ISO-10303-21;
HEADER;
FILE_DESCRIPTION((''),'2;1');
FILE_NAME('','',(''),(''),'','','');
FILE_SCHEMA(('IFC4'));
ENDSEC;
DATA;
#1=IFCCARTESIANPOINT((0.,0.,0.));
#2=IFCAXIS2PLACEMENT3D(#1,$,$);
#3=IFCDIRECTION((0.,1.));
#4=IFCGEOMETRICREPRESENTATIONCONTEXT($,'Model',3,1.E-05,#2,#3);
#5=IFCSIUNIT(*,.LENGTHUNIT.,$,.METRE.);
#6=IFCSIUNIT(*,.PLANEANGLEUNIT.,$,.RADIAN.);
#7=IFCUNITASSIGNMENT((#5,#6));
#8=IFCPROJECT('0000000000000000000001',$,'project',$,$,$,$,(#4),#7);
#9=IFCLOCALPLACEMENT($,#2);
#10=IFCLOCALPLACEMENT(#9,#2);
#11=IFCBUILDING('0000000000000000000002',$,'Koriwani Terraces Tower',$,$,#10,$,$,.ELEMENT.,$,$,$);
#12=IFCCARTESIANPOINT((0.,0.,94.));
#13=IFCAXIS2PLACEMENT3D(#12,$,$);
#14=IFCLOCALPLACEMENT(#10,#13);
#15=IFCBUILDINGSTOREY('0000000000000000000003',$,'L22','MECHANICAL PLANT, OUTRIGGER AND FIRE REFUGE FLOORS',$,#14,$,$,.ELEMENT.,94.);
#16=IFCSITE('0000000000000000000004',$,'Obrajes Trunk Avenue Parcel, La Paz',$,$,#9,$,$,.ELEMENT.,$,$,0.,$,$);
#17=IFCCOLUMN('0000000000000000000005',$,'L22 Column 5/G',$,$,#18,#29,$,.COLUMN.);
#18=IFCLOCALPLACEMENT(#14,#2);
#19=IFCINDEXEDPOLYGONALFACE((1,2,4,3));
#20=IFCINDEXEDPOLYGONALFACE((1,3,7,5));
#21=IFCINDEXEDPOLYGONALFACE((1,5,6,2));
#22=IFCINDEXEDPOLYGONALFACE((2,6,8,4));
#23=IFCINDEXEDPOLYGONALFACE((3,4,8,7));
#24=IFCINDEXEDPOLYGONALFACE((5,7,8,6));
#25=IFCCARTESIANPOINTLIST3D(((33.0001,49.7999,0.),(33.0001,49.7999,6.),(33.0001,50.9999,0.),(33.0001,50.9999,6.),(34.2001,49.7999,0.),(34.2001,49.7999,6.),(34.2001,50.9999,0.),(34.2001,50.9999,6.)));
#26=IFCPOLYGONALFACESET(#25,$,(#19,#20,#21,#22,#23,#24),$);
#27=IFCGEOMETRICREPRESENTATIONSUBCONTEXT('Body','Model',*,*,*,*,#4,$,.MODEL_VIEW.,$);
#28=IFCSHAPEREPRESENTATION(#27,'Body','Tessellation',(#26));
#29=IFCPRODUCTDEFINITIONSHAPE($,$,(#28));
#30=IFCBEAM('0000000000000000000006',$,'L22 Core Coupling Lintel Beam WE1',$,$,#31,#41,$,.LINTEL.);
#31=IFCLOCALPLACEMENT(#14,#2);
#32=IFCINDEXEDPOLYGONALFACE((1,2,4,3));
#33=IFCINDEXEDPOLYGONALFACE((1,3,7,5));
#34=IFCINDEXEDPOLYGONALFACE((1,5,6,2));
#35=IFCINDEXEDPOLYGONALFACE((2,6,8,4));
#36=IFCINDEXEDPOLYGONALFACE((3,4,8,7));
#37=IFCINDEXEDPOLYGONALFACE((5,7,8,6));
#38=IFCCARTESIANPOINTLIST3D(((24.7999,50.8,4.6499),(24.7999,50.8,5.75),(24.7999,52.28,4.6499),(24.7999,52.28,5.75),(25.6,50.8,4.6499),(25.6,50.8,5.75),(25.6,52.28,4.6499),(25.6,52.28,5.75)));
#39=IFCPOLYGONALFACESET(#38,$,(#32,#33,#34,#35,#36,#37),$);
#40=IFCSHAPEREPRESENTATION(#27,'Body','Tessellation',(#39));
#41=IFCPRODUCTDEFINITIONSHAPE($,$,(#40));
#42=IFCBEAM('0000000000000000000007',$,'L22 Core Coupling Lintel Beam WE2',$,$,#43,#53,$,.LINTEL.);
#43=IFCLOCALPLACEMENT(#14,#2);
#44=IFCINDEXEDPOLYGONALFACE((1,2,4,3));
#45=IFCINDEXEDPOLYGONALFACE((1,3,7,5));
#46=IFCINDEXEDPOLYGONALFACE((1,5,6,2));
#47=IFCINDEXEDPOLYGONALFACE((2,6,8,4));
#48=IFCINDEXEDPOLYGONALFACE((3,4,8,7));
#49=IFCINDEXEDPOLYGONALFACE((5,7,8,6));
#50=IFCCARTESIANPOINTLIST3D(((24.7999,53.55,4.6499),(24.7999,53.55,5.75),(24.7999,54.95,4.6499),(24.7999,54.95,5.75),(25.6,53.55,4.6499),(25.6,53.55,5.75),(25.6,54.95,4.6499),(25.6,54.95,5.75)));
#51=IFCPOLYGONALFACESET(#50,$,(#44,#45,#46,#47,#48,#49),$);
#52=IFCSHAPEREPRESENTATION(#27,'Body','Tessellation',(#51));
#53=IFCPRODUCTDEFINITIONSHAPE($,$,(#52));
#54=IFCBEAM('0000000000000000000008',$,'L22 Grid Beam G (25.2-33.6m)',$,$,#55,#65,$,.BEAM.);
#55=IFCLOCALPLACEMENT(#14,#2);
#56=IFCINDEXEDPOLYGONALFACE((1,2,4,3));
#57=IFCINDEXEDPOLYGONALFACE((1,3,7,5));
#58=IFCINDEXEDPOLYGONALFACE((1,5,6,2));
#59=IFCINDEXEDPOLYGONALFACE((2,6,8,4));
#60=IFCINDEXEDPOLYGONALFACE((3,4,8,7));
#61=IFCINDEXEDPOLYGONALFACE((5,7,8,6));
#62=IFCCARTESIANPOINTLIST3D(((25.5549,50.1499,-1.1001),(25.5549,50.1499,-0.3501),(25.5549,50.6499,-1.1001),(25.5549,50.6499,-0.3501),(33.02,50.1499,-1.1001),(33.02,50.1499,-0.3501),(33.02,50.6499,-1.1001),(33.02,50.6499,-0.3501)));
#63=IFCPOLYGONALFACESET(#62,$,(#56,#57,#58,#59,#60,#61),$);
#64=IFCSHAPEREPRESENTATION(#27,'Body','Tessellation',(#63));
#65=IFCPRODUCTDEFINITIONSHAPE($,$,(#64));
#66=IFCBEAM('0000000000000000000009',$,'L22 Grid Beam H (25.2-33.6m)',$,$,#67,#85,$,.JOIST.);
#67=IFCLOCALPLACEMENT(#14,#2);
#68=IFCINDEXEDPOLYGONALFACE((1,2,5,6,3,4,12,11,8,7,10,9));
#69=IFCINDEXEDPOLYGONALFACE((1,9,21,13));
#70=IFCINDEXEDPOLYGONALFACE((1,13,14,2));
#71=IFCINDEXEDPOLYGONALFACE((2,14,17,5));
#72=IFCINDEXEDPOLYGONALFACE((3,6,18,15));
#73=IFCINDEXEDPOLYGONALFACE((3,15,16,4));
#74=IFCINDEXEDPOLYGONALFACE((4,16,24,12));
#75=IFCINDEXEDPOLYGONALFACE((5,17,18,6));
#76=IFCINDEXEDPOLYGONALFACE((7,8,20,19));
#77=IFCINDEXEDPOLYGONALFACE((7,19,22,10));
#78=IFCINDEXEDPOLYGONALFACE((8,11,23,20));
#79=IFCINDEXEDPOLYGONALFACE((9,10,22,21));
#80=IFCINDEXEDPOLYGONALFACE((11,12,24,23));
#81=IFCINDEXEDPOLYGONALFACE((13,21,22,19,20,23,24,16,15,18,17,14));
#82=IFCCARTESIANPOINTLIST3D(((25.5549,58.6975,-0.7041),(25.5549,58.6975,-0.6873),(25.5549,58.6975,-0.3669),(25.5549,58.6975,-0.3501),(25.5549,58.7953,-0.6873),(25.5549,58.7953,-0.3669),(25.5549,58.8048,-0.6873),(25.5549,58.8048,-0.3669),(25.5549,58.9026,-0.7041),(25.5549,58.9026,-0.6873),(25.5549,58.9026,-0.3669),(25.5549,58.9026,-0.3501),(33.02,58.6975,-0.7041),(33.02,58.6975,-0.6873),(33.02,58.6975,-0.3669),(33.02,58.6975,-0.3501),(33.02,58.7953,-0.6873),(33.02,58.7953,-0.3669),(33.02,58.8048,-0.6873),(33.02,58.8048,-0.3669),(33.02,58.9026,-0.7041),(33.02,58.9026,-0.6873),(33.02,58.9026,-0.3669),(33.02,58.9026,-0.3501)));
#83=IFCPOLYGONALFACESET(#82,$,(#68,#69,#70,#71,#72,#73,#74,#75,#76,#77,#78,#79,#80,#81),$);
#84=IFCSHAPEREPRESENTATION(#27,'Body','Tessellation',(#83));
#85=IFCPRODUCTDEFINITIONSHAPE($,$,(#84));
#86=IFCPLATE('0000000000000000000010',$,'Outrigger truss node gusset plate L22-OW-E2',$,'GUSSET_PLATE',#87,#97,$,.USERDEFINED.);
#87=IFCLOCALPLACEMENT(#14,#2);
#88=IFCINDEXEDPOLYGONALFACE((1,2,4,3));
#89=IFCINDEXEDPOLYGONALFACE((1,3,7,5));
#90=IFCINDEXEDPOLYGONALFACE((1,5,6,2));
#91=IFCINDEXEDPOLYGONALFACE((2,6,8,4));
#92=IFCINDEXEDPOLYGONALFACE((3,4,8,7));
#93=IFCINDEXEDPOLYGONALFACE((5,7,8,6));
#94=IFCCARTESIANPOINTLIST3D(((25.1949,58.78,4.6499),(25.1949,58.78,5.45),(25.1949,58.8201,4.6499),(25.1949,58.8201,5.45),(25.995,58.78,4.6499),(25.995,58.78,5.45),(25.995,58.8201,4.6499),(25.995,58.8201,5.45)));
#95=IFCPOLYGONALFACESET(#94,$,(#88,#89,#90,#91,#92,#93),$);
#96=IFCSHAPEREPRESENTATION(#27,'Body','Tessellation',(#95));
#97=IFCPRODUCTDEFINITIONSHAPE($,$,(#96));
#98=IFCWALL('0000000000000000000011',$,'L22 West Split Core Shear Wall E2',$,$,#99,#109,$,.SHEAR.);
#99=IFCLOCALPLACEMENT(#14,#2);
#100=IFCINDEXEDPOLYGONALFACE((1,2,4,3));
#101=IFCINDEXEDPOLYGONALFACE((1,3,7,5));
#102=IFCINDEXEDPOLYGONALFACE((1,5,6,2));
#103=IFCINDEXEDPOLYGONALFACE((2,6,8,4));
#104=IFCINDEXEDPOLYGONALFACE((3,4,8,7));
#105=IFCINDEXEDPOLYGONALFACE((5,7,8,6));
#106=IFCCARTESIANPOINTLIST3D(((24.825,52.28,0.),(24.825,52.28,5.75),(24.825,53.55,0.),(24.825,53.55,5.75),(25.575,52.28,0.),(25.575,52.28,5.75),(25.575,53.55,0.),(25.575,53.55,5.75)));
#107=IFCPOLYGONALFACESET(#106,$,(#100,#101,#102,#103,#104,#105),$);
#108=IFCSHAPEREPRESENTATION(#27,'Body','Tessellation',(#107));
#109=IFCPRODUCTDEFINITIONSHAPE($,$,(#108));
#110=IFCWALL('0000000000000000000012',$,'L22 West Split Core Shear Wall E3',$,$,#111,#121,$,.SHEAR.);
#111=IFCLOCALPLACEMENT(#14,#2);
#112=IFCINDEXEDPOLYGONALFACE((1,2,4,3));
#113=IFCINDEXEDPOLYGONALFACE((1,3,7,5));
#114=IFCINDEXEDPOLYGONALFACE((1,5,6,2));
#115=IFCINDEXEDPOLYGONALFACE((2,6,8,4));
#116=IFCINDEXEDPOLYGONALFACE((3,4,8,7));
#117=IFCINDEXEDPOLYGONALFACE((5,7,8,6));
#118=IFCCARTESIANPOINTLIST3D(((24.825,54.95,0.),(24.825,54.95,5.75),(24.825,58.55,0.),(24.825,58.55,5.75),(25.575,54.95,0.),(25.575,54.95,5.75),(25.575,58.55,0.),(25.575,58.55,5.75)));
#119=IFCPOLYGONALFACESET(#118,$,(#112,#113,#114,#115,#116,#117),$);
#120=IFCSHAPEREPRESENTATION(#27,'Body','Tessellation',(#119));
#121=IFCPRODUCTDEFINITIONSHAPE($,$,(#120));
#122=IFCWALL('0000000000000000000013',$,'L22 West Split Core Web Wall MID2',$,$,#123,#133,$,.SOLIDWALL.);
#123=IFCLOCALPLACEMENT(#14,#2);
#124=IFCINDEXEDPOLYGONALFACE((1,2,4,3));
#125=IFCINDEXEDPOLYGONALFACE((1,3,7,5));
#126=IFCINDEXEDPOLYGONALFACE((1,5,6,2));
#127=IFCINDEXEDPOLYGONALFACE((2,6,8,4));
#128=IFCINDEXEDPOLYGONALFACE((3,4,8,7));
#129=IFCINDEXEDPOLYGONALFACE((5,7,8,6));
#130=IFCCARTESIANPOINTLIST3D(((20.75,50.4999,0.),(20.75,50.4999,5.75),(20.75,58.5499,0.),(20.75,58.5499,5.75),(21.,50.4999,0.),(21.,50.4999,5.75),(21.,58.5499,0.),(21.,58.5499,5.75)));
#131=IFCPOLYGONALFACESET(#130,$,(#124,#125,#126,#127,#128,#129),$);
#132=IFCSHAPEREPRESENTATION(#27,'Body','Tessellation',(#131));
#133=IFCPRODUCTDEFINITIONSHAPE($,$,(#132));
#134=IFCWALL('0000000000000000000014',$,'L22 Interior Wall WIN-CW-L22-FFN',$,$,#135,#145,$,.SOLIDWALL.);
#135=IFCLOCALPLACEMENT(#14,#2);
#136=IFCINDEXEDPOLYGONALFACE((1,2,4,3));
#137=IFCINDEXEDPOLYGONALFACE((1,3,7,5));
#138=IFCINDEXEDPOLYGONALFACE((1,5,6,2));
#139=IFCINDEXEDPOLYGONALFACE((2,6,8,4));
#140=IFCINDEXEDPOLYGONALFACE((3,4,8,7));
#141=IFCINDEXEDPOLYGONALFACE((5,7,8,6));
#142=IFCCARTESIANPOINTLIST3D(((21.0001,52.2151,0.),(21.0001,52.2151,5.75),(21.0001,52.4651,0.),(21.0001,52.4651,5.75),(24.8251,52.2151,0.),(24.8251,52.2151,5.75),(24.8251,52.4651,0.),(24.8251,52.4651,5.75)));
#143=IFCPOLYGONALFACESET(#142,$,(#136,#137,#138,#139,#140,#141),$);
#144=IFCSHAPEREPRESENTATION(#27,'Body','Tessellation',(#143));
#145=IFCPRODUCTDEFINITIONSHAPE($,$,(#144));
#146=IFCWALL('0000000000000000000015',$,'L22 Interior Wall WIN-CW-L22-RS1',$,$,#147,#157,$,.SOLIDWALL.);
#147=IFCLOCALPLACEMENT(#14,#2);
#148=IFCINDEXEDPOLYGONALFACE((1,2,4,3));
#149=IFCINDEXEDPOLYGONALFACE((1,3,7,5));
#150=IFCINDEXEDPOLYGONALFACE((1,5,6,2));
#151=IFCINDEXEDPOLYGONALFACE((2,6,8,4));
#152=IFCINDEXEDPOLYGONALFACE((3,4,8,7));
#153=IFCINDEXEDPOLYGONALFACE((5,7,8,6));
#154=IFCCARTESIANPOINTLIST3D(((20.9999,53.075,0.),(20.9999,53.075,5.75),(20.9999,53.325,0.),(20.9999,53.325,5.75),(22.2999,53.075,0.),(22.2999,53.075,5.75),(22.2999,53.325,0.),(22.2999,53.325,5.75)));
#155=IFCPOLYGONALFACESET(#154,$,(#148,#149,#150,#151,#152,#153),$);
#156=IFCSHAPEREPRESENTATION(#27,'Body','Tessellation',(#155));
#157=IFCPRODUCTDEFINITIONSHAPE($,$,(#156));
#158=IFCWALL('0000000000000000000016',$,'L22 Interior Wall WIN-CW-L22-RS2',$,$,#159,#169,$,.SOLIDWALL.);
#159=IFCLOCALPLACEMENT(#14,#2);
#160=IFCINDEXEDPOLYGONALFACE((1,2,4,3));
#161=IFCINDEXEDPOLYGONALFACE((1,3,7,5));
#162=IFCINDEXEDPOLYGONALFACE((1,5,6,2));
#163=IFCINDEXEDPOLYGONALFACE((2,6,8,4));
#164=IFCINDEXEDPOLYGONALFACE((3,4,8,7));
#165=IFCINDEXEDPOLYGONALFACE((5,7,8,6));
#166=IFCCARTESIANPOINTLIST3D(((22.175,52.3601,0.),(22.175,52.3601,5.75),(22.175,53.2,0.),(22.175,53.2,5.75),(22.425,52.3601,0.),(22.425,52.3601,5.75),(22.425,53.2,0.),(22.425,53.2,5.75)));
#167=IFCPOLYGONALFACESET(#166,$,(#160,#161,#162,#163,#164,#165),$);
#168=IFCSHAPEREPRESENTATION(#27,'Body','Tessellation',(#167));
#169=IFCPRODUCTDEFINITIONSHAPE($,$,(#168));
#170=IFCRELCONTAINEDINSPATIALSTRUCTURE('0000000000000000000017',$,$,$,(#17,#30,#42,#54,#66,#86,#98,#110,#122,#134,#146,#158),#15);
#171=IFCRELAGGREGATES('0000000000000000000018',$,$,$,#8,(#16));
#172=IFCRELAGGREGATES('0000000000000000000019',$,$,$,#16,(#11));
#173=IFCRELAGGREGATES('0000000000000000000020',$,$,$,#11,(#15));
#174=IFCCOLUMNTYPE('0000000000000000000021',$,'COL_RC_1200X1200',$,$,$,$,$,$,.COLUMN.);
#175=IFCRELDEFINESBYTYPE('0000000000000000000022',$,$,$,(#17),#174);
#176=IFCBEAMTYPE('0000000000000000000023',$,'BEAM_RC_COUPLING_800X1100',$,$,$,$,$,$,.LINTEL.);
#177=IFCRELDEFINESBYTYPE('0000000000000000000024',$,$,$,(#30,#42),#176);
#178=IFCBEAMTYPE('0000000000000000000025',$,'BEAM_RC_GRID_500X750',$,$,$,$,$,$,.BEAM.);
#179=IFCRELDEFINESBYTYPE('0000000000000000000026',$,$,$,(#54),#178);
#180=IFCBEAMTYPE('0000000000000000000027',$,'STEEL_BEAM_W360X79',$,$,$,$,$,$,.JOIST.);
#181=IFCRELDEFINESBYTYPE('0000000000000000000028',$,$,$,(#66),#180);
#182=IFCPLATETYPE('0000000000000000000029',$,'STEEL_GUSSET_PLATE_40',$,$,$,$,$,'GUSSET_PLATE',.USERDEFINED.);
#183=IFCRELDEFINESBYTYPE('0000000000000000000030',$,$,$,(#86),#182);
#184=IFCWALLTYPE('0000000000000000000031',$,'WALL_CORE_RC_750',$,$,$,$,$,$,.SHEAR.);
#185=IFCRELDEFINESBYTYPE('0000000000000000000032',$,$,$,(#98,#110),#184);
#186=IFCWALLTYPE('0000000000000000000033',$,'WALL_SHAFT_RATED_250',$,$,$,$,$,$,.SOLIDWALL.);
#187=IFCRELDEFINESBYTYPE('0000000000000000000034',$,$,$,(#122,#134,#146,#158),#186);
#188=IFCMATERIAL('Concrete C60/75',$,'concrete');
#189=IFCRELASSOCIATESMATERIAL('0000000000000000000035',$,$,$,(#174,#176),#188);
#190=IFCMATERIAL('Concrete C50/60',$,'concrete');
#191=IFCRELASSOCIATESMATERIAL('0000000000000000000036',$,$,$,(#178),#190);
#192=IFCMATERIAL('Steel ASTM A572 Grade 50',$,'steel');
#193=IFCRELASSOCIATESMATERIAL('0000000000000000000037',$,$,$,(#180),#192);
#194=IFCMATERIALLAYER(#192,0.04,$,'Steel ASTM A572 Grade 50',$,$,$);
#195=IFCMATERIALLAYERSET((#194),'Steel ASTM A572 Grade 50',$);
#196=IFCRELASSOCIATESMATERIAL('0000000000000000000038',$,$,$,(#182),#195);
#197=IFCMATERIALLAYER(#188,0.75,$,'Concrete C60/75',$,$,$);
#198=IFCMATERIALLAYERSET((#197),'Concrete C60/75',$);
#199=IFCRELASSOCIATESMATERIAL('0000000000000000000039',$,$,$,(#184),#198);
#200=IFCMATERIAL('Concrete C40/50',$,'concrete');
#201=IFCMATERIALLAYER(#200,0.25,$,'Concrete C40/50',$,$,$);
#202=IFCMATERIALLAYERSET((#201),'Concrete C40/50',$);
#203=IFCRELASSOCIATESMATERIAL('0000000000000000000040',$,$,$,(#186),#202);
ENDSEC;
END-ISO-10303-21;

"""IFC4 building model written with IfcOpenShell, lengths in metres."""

from ifc_helpers import new_model, si_unit, direction, frame, frame_2d, origin, origin_2d, place, context, subcontext, project, spatial, rectangle, i_section, extrude, material, layer, layer_set, material_profile, profile_set, type_object, element, save


model = new_model("IFC4")

# Units and contexts
model_context = context("Model", 3, precision=1e-05, world=origin(), true_north=direction((0.0, 1.0)))
body_context = subcontext(model_context, "Body", "Model", "MODEL_VIEW")
ifc_project = project(units=[si_unit("LENGTHUNIT", "METRE"), si_unit("PLANEANGLEUNIT", "RADIAN")], contexts=[model_context])

# Site, building, storey
site_placement = place(None, origin())
site = spatial("IfcSite", under=ifc_project, at=site_placement, Name="Obrajes Trunk Avenue Parcel, La Paz", CompositionType="ELEMENT", RefElevation=0.0)
building_placement = place(site_placement, origin())
building = spatial("IfcBuilding", under=site, at=building_placement, Name="Koriwani Terraces Tower", CompositionType="ELEMENT")
storey_placement = place(building_placement, frame((0.0, 0.0, 94.0)))
storey = spatial("IfcBuildingStorey", under=building, at=storey_placement, Name="L22", Description="MECHANICAL PLANT, OUTRIGGER AND FIRE REFUGE FLOORS", CompositionType="ELEMENT", Elevation=94.0)

# Column
ifc_material_1 = material(Name="Concrete C60/75", Category="concrete")
ifc_material_profile_1 = material_profile(ifc_material_1, rectangle(XDim=1.2, YDim=1.2, at=origin_2d()), Name="Concrete C60/75", Category="LoadBearing")
ifc_profile_set_1 = profile_set([ifc_material_profile_1], Name="Concrete C60/75")
column_type = type_object("IfcColumnType", Name="COL_RC_1200X1200", PredefinedType="COLUMN", material=ifc_profile_set_1)
column_placement = place(storey_placement, frame((33.6001, 50.3999, 0.0), z_axis=(0.0, 0.0, 1.0), x_axis=(1.0, 0.0, 0.0)))
element("IfcColumn", 1, at=column_placement, inside=storey, type_object=column_type, Name="L22 Column 5/G", PredefinedType="COLUMN", context=body_context, shape_type="SweptSolid", body=[
    extrude(rectangle(XDim=1.2, YDim=1.2, at=origin_2d()), origin(), (0.0, 0.0, 1.0), 6.0),
])

# Beams
ifc_material_profile_2 = material_profile(ifc_material_1, rectangle(XDim=0.8, YDim=1.1001, at=origin_2d()), Name="Concrete C60/75", Category="LoadBearing")
ifc_profile_set_2 = profile_set([ifc_material_profile_2], Name="Concrete C60/75")
beam_type_1 = type_object("IfcBeamType", Name="BEAM_RC_COUPLING_800X1100", PredefinedType="LINTEL", material=ifc_profile_set_2)
beam_1_placement = place(storey_placement, frame((25.2, 50.8, 5.2), z_axis=(0.0, 1.0, 0.0), x_axis=(-1.0, 0.0, 0.0)))
element("IfcBeam", 2, at=beam_1_placement, inside=storey, type_object=beam_type_1, Name="L22 Core Coupling Lintel Beam WE1", PredefinedType="LINTEL", context=body_context, shape_type="SweptSolid", body=[
    extrude(rectangle(XDim=0.8, YDim=1.1001, at=origin_2d()), origin(), (0.0, 0.0, 1.0), 1.48),
])
beam_2_placement = place(storey_placement, frame((25.2, 53.55, 5.2), z_axis=(0.0, 1.0, 0.0), x_axis=(-1.0, 0.0, 0.0)))
element("IfcBeam", 3, at=beam_2_placement, inside=storey, type_object=beam_type_1, Name="L22 Core Coupling Lintel Beam WE2", PredefinedType="LINTEL", context=body_context, shape_type="SweptSolid", body=[
    extrude(rectangle(XDim=0.8, YDim=1.1001, at=origin_2d()), origin(), (0.0, 0.0, 1.0), 1.3999),
])
ifc_material_2 = material(Name="Concrete C50/60", Category="concrete")
ifc_material_profile_3 = material_profile(ifc_material_2, rectangle(XDim=0.5, YDim=0.75, at=origin_2d()), Name="Concrete C50/60", Category="LoadBearing")
ifc_profile_set_3 = profile_set([ifc_material_profile_3], Name="Concrete C50/60")
beam_type_2 = type_object("IfcBeamType", Name="BEAM_RC_GRID_500X750", PredefinedType="BEAM", material=ifc_profile_set_3)
beam_3_placement = place(storey_placement, frame((25.5549, 50.3999, -0.7251), z_axis=(1.0, 0.0, 0.0), x_axis=(0.0, 1.0, 0.0)))
element("IfcBeam", 4, at=beam_3_placement, inside=storey, type_object=beam_type_2, Name="L22 Grid Beam G (25.2-33.6m)", PredefinedType="BEAM", context=body_context, shape_type="SweptSolid", body=[
    extrude(rectangle(XDim=0.5, YDim=0.75, at=origin_2d()), origin(), (0.0, 0.0, 1.0), 7.4651),
])
ifc_material_3 = material(Name="Steel ASTM A572 Grade 50", Category="steel")
ifc_material_profile_4 = material_profile(ifc_material_3, i_section(OverallWidth=0.2051, OverallDepth=0.354, WebThickness=0.0095, FlangeThickness=0.0168, at=origin_2d()), Name="Steel ASTM A572 Grade 50", Category="LoadBearing")
ifc_profile_set_4 = profile_set([ifc_material_profile_4], Name="Steel ASTM A572 Grade 50")
beam_type_3 = type_object("IfcBeamType", Name="STEEL_BEAM_W360X79", PredefinedType="JOIST", material=ifc_profile_set_4)
beam_4_placement = place(storey_placement, frame((25.5549, 58.8, -0.5271), z_axis=(1.0, 0.0, 0.0), x_axis=(0.0, 1.0, 0.0)))
element("IfcBeam", 5, at=beam_4_placement, inside=storey, type_object=beam_type_3, Name="L22 Grid Beam H (25.2-33.6m)", PredefinedType="JOIST", context=body_context, shape_type="SweptSolid", body=[
    extrude(i_section(OverallWidth=0.2051, OverallDepth=0.354, WebThickness=0.0095, FlangeThickness=0.0168, at=origin_2d()), origin(), (0.0, 0.0, 1.0), 7.4651),
])

# Plate
ifc_layer_1 = layer(ifc_material_3, 0.04, Name="Steel ASTM A572 Grade 50")
ifc_layer_set_1 = layer_set([ifc_layer_1], Name="Steel ASTM A572 Grade 50")
plate_type = type_object("IfcPlateType", Name="STEEL_GUSSET_PLATE_40", ElementType="GUSSET_PLATE", PredefinedType="USERDEFINED", material=ifc_layer_set_1)
plate_placement = place(storey_placement, frame((25.595, 58.8, 4.6499), z_axis=(0.0, 0.0, 1.0), x_axis=(-1.0, 0.0, 0.0)))
element("IfcPlate", 6, at=plate_placement, inside=storey, type_object=plate_type, Name="Outrigger truss node gusset plate L22-OW-E2", ObjectType="GUSSET_PLATE", PredefinedType="USERDEFINED", context=body_context, shape_type="SweptSolid", body=[
    extrude(rectangle(XDim=0.8, YDim=0.04, at=origin_2d()), origin(), (0.0, 0.0, 1.0), 0.8),
])

# Walls
ifc_layer_2 = layer(ifc_material_1, 0.75, Name="Concrete C60/75")
ifc_layer_set_2 = layer_set([ifc_layer_2], Name="Concrete C60/75")
wall_type_1 = type_object("IfcWallType", Name="WALL_CORE_RC_750", PredefinedType="SHEAR", material=ifc_layer_set_2)
wall_1_placement = place(storey_placement, frame((25.2, 52.28, 0.0), z_axis=(0.0, 0.0, 1.0), x_axis=(0.0, 1.0, 0.0)))
element("IfcWall", 7, at=wall_1_placement, inside=storey, type_object=wall_type_1, Name="L22 West Split Core Shear Wall E2", PredefinedType="SHEAR", context=body_context, shape_type="SweptSolid", body=[
    extrude(rectangle(XDim=1.27, YDim=0.75, at=frame_2d((0.635, 0.0))), origin(), (0.0, 0.0, 1.0), 5.75),
])
wall_2_placement = place(storey_placement, frame((25.2, 54.95, 0.0), z_axis=(0.0, 0.0, 1.0), x_axis=(0.0, 1.0, 0.0)))
element("IfcWall", 8, at=wall_2_placement, inside=storey, type_object=wall_type_1, Name="L22 West Split Core Shear Wall E3", PredefinedType="SHEAR", context=body_context, shape_type="SweptSolid", body=[
    extrude(rectangle(XDim=3.6001, YDim=0.75, at=frame_2d((1.8, 0.0))), origin(), (0.0, 0.0, 1.0), 5.75),
])
ifc_material_4 = material(Name="Concrete C40/50", Category="concrete")
ifc_layer_3 = layer(ifc_material_4, 0.25, Name="Concrete C40/50")
ifc_layer_set_3 = layer_set([ifc_layer_3], Name="Concrete C40/50")
wall_type_2 = type_object("IfcWallType", Name="WALL_SHAFT_RATED_250", PredefinedType="SOLIDWALL", material=ifc_layer_set_3)
wall_3_placement = place(storey_placement, frame((20.875, 50.5, 0.0), z_axis=(0.0, 0.0, 1.0), x_axis=(0.0, 1.0, 0.0)))
element("IfcWall", 9, at=wall_3_placement, inside=storey, type_object=wall_type_2, Name="L22 West Split Core Web Wall MID2", PredefinedType="SOLIDWALL", context=body_context, shape_type="SweptSolid", body=[
    extrude(rectangle(XDim=8.05, YDim=0.25, at=frame_2d((4.0249, 0.0))), origin(), (0.0, 0.0, 1.0), 5.75),
])

# Wall
wall_4_placement = place(storey_placement, frame((21.0, 52.3401, 0.0), z_axis=(0.0, 0.0, 1.0), x_axis=(1.0, 0.0, 0.0)))
element("IfcWall", 10, at=wall_4_placement, inside=storey, type_object=wall_type_2, Name="L22 Interior Wall WIN-CW-L22-FFN", PredefinedType="SOLIDWALL", context=body_context, shape_type="SweptSolid", body=[
    extrude(rectangle(XDim=3.825, YDim=0.25, at=frame_2d((1.9126, 0.0))), origin(), (0.0, 0.0, 1.0), 5.75),
])

# Walls
wall_5_placement = place(storey_placement, frame((21.0, 53.2, 0.0), z_axis=(0.0, 0.0, 1.0), x_axis=(1.0, 0.0, 0.0)))
element("IfcWall", 11, at=wall_5_placement, inside=storey, type_object=wall_type_2, Name="L22 Interior Wall WIN-CW-L22-RS1", PredefinedType="SOLIDWALL", context=body_context, shape_type="SweptSolid", body=[
    extrude(rectangle(XDim=1.3, YDim=0.25, at=frame_2d((0.6499, 0.0))), origin(), (0.0, 0.0, 1.0), 5.75),
])
wall_6_placement = place(storey_placement, frame((22.3, 52.3601, 0.0), z_axis=(0.0, 0.0, 1.0), x_axis=(0.0, 1.0, 0.0)))
element("IfcWall", 12, at=wall_6_placement, inside=storey, type_object=wall_type_2, Name="L22 Interior Wall WIN-CW-L22-RS2", PredefinedType="SOLIDWALL", context=body_context, shape_type="SweptSolid", body=[
    extrude(rectangle(XDim=0.8398, YDim=0.25, at=frame_2d((0.4199, 0.0))), origin(), (0.0, 0.0, 1.0), 5.75),
])

save(model, "model.ifc")
